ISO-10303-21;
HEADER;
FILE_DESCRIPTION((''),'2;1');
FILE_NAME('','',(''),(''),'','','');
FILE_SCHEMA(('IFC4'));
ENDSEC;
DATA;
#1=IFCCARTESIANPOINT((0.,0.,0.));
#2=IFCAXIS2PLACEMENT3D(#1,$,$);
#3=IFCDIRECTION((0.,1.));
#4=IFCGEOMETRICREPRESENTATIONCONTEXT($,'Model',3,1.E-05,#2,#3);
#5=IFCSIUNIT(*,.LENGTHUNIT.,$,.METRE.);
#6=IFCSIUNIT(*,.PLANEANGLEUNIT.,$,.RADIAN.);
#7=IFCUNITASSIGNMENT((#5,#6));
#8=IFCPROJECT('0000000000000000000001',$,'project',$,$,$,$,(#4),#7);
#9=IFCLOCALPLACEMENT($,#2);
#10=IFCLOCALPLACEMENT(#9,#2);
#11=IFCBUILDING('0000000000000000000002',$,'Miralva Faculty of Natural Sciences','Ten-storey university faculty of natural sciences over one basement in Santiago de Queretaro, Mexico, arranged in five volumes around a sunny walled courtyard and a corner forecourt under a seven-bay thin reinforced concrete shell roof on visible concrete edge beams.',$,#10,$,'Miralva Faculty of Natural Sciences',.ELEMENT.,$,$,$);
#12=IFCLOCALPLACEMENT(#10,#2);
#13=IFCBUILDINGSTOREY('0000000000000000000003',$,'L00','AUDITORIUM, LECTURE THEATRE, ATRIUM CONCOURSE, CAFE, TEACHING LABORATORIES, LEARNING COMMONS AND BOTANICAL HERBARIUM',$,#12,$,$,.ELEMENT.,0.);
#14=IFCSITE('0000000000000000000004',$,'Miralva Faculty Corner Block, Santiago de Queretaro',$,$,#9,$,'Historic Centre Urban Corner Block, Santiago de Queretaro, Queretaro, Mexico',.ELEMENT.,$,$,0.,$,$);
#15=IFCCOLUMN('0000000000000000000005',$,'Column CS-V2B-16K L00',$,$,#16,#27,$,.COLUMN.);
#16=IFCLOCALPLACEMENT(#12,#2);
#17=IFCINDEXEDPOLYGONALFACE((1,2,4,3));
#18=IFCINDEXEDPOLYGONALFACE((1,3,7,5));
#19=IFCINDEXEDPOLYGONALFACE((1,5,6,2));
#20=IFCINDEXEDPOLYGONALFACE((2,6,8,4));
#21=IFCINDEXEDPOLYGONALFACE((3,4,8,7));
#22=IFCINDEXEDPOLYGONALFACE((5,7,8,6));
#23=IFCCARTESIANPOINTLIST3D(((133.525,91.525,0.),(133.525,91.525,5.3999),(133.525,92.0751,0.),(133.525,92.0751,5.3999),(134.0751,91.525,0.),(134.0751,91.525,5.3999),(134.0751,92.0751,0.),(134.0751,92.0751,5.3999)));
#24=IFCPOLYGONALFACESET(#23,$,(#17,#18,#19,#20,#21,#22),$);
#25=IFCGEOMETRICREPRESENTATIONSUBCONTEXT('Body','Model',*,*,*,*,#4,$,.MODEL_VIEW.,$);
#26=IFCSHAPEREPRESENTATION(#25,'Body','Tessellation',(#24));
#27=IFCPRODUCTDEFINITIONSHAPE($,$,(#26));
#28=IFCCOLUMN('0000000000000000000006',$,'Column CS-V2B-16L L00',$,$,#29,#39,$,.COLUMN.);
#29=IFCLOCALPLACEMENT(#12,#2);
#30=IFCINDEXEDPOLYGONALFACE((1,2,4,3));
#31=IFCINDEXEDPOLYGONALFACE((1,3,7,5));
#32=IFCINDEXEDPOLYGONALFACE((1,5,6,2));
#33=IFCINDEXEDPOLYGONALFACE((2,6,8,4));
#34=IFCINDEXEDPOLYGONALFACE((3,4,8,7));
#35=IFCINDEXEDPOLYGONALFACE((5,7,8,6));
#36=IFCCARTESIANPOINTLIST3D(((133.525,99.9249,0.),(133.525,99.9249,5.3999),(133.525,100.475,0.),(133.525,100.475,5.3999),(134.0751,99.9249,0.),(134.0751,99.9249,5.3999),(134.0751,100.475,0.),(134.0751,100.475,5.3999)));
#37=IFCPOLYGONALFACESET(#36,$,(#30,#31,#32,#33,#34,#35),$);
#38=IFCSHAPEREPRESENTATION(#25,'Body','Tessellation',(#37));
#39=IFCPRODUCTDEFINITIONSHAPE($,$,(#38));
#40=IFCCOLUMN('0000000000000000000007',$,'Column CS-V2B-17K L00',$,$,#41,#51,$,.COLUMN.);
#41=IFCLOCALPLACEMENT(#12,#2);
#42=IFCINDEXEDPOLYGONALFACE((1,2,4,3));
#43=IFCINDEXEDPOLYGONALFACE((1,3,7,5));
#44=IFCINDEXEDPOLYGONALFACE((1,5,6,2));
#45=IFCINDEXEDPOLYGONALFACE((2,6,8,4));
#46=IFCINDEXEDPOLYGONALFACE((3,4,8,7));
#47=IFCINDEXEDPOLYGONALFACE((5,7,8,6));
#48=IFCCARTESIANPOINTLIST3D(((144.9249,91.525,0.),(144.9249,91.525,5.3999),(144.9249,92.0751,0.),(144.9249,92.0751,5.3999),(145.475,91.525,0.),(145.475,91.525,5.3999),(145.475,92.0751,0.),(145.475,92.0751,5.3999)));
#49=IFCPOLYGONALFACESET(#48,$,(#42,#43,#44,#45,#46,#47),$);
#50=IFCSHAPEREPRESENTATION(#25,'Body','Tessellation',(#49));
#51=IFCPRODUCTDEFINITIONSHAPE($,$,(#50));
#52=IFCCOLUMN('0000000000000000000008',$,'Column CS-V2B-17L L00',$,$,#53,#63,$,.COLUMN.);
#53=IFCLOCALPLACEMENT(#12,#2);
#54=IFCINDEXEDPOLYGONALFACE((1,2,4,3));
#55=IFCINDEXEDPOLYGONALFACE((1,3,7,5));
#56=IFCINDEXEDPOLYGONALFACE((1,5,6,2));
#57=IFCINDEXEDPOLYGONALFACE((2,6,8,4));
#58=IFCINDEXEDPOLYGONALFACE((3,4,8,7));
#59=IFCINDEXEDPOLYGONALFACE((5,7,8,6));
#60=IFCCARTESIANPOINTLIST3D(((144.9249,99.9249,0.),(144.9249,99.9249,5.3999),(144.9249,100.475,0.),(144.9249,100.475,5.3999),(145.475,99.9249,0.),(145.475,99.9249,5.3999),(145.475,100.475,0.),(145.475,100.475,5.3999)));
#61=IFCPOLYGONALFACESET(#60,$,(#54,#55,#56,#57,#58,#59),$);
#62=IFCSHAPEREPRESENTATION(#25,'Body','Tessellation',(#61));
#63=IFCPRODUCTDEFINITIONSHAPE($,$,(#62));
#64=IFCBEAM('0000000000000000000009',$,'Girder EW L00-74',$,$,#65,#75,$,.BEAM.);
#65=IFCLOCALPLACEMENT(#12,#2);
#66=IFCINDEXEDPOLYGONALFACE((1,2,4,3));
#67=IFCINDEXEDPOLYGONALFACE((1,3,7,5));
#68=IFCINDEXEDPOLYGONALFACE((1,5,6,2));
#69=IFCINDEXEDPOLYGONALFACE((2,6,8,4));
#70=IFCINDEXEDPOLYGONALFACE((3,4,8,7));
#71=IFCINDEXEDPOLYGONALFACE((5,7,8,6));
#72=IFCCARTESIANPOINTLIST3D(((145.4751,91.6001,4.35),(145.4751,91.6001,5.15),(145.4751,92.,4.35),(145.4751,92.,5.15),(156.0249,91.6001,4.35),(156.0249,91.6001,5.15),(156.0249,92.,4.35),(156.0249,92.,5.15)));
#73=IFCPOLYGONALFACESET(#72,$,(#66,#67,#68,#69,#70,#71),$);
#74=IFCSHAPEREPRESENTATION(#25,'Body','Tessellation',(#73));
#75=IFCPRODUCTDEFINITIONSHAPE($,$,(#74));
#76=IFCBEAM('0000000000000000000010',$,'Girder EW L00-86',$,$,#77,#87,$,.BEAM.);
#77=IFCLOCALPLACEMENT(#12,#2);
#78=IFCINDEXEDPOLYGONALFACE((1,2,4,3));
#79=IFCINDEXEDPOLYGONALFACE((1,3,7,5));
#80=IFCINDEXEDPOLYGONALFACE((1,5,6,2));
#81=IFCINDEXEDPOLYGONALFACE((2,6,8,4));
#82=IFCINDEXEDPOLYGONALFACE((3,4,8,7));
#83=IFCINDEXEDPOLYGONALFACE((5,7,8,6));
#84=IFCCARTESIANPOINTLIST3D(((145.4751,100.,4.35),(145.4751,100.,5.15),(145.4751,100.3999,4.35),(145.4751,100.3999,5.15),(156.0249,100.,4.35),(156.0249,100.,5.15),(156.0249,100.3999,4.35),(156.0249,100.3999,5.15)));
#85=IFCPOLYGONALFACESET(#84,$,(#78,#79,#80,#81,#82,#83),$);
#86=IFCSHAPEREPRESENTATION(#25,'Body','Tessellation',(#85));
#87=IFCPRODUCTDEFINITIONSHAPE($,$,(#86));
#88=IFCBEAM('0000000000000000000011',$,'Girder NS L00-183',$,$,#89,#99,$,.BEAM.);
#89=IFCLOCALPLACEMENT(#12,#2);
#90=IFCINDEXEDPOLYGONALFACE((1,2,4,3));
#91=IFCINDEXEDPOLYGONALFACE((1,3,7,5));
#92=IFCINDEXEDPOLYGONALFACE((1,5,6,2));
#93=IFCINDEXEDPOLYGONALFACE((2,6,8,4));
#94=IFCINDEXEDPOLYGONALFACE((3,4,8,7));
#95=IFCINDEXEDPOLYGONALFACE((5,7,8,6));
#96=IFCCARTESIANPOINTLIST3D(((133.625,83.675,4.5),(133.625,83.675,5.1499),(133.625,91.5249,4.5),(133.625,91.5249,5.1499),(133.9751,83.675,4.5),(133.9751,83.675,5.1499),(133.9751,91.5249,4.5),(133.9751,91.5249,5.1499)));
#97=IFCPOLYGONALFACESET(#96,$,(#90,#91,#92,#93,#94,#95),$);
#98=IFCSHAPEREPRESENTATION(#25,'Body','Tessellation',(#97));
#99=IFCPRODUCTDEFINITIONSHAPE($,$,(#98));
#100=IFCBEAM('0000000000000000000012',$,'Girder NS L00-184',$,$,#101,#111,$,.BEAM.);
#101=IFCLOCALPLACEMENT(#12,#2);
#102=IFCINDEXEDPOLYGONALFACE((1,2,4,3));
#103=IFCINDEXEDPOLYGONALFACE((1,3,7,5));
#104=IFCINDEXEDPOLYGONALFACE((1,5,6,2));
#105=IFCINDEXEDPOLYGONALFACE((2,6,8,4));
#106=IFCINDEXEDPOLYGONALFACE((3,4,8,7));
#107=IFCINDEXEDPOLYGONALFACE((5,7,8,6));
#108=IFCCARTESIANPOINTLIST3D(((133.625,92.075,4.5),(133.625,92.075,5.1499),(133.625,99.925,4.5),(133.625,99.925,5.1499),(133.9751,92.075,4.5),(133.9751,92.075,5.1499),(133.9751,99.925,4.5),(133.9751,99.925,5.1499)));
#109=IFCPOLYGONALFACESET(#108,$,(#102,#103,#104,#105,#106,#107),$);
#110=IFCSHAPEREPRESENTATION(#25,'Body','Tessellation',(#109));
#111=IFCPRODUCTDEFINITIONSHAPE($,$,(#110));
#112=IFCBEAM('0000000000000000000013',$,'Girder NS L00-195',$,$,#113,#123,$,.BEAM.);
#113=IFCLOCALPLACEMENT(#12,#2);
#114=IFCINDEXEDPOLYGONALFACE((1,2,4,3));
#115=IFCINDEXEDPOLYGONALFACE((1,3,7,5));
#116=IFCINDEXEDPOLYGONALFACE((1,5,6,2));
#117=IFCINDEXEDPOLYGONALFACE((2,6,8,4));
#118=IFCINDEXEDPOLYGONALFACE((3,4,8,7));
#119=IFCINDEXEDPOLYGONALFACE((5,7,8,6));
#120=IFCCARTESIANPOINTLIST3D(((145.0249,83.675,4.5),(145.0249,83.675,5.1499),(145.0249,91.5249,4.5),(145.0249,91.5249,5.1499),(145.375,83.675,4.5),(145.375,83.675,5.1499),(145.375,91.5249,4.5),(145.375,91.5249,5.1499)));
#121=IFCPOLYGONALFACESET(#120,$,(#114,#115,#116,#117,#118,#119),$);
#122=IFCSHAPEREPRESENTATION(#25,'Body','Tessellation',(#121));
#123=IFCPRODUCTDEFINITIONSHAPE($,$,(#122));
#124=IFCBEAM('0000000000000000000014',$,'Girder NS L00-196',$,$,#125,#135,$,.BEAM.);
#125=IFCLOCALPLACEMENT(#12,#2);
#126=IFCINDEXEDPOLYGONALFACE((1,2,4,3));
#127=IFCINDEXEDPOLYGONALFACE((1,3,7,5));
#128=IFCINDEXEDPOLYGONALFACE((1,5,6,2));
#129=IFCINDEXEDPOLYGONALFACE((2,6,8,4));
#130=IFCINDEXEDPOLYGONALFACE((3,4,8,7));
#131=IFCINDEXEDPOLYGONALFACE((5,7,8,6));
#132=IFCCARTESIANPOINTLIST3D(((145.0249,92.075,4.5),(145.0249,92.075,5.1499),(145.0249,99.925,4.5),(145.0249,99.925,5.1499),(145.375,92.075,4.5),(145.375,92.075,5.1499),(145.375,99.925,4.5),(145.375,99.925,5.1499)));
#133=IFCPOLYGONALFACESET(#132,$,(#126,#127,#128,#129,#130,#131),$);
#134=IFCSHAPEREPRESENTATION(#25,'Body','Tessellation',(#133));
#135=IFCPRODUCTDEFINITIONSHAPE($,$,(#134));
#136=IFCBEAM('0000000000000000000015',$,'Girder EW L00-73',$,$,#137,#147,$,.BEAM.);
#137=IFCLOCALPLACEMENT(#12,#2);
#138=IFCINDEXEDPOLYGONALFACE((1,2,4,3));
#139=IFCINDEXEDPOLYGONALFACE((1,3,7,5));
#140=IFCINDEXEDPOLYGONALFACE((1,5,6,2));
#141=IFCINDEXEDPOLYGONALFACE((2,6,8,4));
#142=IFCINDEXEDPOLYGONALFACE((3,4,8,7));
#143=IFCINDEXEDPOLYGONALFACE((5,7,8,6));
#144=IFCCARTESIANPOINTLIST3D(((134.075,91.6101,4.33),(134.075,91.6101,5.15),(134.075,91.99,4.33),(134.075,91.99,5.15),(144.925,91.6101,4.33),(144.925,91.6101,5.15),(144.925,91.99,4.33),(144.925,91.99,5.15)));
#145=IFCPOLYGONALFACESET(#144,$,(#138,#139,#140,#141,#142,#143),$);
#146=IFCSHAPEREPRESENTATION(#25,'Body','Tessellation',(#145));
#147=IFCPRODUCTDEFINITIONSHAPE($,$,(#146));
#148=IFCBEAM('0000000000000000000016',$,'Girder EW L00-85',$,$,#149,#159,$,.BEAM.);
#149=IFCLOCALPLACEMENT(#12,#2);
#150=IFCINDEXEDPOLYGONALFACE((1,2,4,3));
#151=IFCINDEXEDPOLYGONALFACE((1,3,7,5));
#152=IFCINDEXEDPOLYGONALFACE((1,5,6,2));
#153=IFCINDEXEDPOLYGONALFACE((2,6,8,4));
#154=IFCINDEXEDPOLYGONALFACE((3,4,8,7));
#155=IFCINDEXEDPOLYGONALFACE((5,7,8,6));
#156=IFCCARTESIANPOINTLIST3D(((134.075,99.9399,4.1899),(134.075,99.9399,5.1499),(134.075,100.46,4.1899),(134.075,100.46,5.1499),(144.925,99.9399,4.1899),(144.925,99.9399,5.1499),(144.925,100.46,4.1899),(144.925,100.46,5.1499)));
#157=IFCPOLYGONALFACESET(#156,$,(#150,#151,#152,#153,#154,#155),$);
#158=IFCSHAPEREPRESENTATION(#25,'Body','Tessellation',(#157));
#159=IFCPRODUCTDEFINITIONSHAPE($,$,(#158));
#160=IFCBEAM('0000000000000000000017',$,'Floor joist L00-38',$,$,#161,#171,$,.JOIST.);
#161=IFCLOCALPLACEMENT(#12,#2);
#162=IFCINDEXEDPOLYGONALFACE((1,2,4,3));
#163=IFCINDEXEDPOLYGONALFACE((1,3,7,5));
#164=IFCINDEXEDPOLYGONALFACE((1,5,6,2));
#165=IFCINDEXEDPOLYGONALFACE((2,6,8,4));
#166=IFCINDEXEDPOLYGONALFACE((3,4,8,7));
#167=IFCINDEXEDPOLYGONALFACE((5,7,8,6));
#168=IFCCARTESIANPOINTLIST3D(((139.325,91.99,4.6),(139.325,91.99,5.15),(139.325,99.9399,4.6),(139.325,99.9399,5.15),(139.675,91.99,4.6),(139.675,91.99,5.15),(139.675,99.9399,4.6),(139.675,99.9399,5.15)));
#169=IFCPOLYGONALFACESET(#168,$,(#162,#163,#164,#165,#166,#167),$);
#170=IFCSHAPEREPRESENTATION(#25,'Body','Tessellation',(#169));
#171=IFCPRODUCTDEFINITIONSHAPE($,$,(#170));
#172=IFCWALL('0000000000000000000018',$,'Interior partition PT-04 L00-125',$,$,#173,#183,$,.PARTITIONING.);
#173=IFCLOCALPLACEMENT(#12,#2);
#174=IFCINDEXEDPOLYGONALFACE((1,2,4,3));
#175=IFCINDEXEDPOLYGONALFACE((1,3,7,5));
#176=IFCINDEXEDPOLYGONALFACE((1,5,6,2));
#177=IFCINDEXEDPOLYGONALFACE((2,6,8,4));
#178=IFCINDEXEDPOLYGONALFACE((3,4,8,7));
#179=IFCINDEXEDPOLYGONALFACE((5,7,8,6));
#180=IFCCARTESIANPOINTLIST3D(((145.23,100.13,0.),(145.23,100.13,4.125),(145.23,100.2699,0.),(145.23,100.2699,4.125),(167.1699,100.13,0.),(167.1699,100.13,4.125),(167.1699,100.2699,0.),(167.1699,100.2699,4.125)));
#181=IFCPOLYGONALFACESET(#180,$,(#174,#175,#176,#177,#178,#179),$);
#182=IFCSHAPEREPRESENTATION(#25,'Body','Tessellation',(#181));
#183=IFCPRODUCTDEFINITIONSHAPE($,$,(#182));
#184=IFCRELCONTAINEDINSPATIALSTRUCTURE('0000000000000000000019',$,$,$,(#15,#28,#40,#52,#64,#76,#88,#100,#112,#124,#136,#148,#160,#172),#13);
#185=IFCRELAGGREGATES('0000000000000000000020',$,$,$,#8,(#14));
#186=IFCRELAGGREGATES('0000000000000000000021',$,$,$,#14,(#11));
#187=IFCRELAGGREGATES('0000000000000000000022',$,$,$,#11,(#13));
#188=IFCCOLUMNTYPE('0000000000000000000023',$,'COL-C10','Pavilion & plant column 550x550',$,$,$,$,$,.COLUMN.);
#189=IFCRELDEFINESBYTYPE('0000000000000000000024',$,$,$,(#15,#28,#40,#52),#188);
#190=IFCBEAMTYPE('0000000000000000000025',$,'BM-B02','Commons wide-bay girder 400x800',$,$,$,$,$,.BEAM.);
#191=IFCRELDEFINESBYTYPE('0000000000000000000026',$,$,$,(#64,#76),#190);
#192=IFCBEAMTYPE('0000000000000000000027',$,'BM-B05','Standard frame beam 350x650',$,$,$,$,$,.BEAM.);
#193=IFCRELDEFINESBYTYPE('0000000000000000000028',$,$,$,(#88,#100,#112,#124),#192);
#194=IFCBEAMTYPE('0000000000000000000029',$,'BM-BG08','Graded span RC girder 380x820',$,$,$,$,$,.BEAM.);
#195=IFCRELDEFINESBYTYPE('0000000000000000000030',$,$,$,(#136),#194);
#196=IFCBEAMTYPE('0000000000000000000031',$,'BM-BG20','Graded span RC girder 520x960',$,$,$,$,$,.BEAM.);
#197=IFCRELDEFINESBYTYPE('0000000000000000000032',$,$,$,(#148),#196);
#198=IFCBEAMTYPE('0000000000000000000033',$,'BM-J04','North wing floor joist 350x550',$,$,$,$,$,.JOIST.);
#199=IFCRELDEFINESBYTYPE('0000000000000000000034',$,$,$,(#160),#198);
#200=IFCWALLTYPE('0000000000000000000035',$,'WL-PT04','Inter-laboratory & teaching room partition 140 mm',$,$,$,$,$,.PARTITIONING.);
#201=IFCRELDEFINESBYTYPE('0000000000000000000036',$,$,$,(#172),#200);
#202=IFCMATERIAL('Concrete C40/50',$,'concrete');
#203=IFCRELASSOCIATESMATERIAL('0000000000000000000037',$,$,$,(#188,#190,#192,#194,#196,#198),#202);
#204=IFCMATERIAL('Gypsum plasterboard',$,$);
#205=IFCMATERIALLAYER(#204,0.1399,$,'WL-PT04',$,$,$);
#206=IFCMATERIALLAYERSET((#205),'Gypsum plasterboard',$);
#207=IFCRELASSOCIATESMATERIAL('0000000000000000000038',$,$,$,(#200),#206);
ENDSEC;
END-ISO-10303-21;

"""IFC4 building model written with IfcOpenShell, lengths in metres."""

from ifc_helpers import new_model, si_unit, direction, frame, frame_2d, origin, origin_2d, place, context, subcontext, project, spatial, rectangle, extrude, material, layer, layer_set, material_profile, profile_set, type_object, element, save


model = new_model("IFC4")

# Units and contexts
model_context = context("Model", 3, precision=1e-05, world=origin(), true_north=direction((0.0, 1.0)))
body_context = subcontext(model_context, "Body", "Model", "MODEL_VIEW")
ifc_project = project(units=[si_unit("LENGTHUNIT", "METRE"), si_unit("PLANEANGLEUNIT", "RADIAN")], contexts=[model_context])

# Site, building, storey
site_placement = place(None, origin())
site = spatial("IfcSite", under=ifc_project, at=site_placement, Name="Miralva Faculty Corner Block, Santiago de Queretaro", LongName="Historic Centre Urban Corner Block, Santiago de Queretaro, Queretaro, Mexico", CompositionType="ELEMENT", RefElevation=0.0)
building_placement = place(site_placement, origin())
building = spatial("IfcBuilding", under=site, at=building_placement, Name="Miralva Faculty of Natural Sciences", Description="Ten-storey university faculty of natural sciences over one basement in Santiago de Queretaro, Mexico, arranged in five volumes around a sunny walled courtyard and a corner forecourt under a seven-bay thin reinforced concrete shell roof on visible concrete edge beams.", LongName="Miralva Faculty of Natural Sciences", CompositionType="ELEMENT")
storey_placement = place(building_placement, origin())
storey = spatial("IfcBuildingStorey", under=building, at=storey_placement, Name="L00", Description="AUDITORIUM, LECTURE THEATRE, ATRIUM CONCOURSE, CAFE, TEACHING LABORATORIES, LEARNING COMMONS AND BOTANICAL HERBARIUM", CompositionType="ELEMENT", Elevation=0.0)

# Columns
ifc_material_1 = material(Name="Concrete C40/50", Category="concrete")
ifc_material_profile_1 = material_profile(ifc_material_1, rectangle(XDim=0.55, YDim=0.55, at=origin_2d()), Name="RC 550x550")
ifc_profile_set_1 = profile_set([ifc_material_profile_1], Name="Concrete C40/50")
column_type = type_object("IfcColumnType", Name="COL-C10", Description="Pavilion & plant column 550x550", PredefinedType="COLUMN", material=ifc_profile_set_1)
for number, where, z_axis, x_axis, name in (
    (1, (133.8, 91.8, 0.0), (0.0, 0.0, 1.0), (1.0, 0.0, 0.0), "Column CS-V2B-16K L00"),
    (2, (133.8, 100.2, 0.0), (0.0, 0.0, 1.0), (1.0, 0.0, 0.0), "Column CS-V2B-16L L00"),
    (3, (145.2, 91.8, 0.0), (0.0, 0.0, 1.0), (1.0, 0.0, 0.0), "Column CS-V2B-17K L00"),
    (4, (145.2, 100.2, 0.0), (0.0, 0.0, 1.0), (1.0, 0.0, 0.0), "Column CS-V2B-17L L00"),
):
    element("IfcColumn", number, at=place(storey_placement, frame(where, z_axis=z_axis, x_axis=x_axis)), inside=storey, type_object=column_type, Name=name, PredefinedType="COLUMN", context=body_context, shape_type="SweptSolid", body=[
        extrude(rectangle(XDim=0.55, YDim=0.55, at=origin_2d()), origin(), (0.0, 0.0, 1.0), 5.3999),
    ])

# Beams
ifc_material_profile_2 = material_profile(ifc_material_1, rectangle(XDim=0.3999, YDim=0.8, at=origin_2d()), Name="RC 400x800")
ifc_profile_set_2 = profile_set([ifc_material_profile_2], Name="Concrete C40/50")
beam_type_1 = type_object("IfcBeamType", Name="BM-B02", Description="Commons wide-bay girder 400x800", PredefinedType="BEAM", material=ifc_profile_set_2)
for number, where, z_axis, x_axis, name in (
    (5, (145.4751, 91.8, 4.75), (1.0, 0.0, 0.0), (0.0, 1.0, 0.0), "Girder EW L00-74"),
    (6, (145.4751, 100.2, 4.75), (1.0, 0.0, 0.0), (0.0, 1.0, 0.0), "Girder EW L00-86"),
):
    element("IfcBeam", number, at=place(storey_placement, frame(where, z_axis=z_axis, x_axis=x_axis)), inside=storey, type_object=beam_type_1, Name=name, PredefinedType="BEAM", context=body_context, shape_type="SweptSolid", body=[
        extrude(rectangle(XDim=0.3999, YDim=0.8, at=origin_2d()), origin(), (0.0, 0.0, 1.0), 10.5498),
    ])
ifc_material_profile_3 = material_profile(ifc_material_1, rectangle(XDim=0.3501, YDim=0.6499, at=origin_2d()), Name="RC 350x650")
ifc_profile_set_3 = profile_set([ifc_material_profile_3], Name="Concrete C40/50")
beam_type_2 = type_object("IfcBeamType", Name="BM-B05", Description="Standard frame beam 350x650", PredefinedType="BEAM", material=ifc_profile_set_3)
beam_1_placement = place(storey_placement, frame((133.8, 83.675, 4.825), z_axis=(0.0, 1.0, 0.0), x_axis=(-1.0, 0.0, 0.0)))
element("IfcBeam", 7, at=beam_1_placement, inside=storey, type_object=beam_type_2, Name="Girder NS L00-183", PredefinedType="BEAM", context=body_context, shape_type="SweptSolid", body=[
    extrude(rectangle(XDim=0.3501, YDim=0.6499, at=origin_2d()), origin(), (0.0, 0.0, 1.0), 7.8499),
])
beam_2_placement = place(storey_placement, frame((133.8, 92.075, 4.825), z_axis=(0.0, 1.0, 0.0), x_axis=(-1.0, 0.0, 0.0)))
element("IfcBeam", 8, at=beam_2_placement, inside=storey, type_object=beam_type_2, Name="Girder NS L00-184", PredefinedType="BEAM", context=body_context, shape_type="SweptSolid", body=[
    extrude(rectangle(XDim=0.3501, YDim=0.6499, at=origin_2d()), origin(), (0.0, 0.0, 1.0), 7.8501),
])
beam_3_placement = place(storey_placement, frame((145.2, 83.675, 4.825), z_axis=(0.0, 1.0, 0.0), x_axis=(-1.0, 0.0, 0.0)))
element("IfcBeam", 9, at=beam_3_placement, inside=storey, type_object=beam_type_2, Name="Girder NS L00-195", PredefinedType="BEAM", context=body_context, shape_type="SweptSolid", body=[
    extrude(rectangle(XDim=0.3501, YDim=0.6499, at=origin_2d()), origin(), (0.0, 0.0, 1.0), 7.8499),
])
beam_4_placement = place(storey_placement, frame((145.2, 92.075, 4.825), z_axis=(0.0, 1.0, 0.0), x_axis=(-1.0, 0.0, 0.0)))
element("IfcBeam", 10, at=beam_4_placement, inside=storey, type_object=beam_type_2, Name="Girder NS L00-196", PredefinedType="BEAM", context=body_context, shape_type="SweptSolid", body=[
    extrude(rectangle(XDim=0.3501, YDim=0.6499, at=origin_2d()), origin(), (0.0, 0.0, 1.0), 7.8501),
])
ifc_material_profile_4 = material_profile(ifc_material_1, rectangle(XDim=0.3799, YDim=0.8201, at=origin_2d()), Name="RC 380x820")
ifc_profile_set_4 = profile_set([ifc_material_profile_4], Name="Concrete C40/50")
beam_type_3 = type_object("IfcBeamType", Name="BM-BG08", Description="Graded span RC girder 380x820", PredefinedType="BEAM", material=ifc_profile_set_4)
beam_5_placement = place(storey_placement, frame((134.075, 91.8, 4.74), z_axis=(1.0, 0.0, 0.0), x_axis=(0.0, 1.0, 0.0)))
element("IfcBeam", 11, at=beam_5_placement, inside=storey, type_object=beam_type_3, Name="Girder EW L00-73", PredefinedType="BEAM", context=body_context, shape_type="SweptSolid", body=[
    extrude(rectangle(XDim=0.3799, YDim=0.8201, at=origin_2d()), origin(), (0.0, 0.0, 1.0), 10.8501),
])
ifc_material_profile_5 = material_profile(ifc_material_1, rectangle(XDim=0.52, YDim=0.96, at=origin_2d()), Name="RC 520x960")
ifc_profile_set_5 = profile_set([ifc_material_profile_5], Name="Concrete C40/50")
beam_type_4 = type_object("IfcBeamType", Name="BM-BG20", Description="Graded span RC girder 520x960", PredefinedType="BEAM", material=ifc_profile_set_5)
beam_6_placement = place(storey_placement, frame((134.075, 100.2, 4.6699), z_axis=(1.0, 0.0, 0.0), x_axis=(0.0, 1.0, 0.0)))
element("IfcBeam", 12, at=beam_6_placement, inside=storey, type_object=beam_type_4, Name="Girder EW L00-85", PredefinedType="BEAM", context=body_context, shape_type="SweptSolid", body=[
    extrude(rectangle(XDim=0.52, YDim=0.96, at=origin_2d()), origin(), (0.0, 0.0, 1.0), 10.8501),
])
ifc_material_profile_6 = material_profile(ifc_material_1, rectangle(XDim=0.3501, YDim=0.55, at=origin_2d()), Name="RC 350x550")
ifc_profile_set_6 = profile_set([ifc_material_profile_6], Name="Concrete C40/50")
beam_type_5 = type_object("IfcBeamType", Name="BM-J04", Description="North wing floor joist 350x550", PredefinedType="JOIST", material=ifc_profile_set_6)
beam_7_placement = place(storey_placement, frame((139.5, 91.99, 4.875), z_axis=(0.0, 1.0, 0.0), x_axis=(-1.0, 0.0, 0.0)))
element("IfcBeam", 13, at=beam_7_placement, inside=storey, type_object=beam_type_5, Name="Floor joist L00-38", PredefinedType="JOIST", context=body_context, shape_type="SweptSolid", body=[
    extrude(rectangle(XDim=0.3501, YDim=0.55, at=origin_2d()), origin(), (0.0, 0.0, 1.0), 7.95),
])

# Wall
ifc_material_2 = material(Name="Gypsum plasterboard")
ifc_layer_1 = layer(ifc_material_2, 0.1399, Name="WL-PT04")
ifc_layer_set_1 = layer_set([ifc_layer_1], Name="Gypsum plasterboard")
wall_type_1 = type_object("IfcWallType", Name="WL-PT04", Description="Inter-laboratory & teaching room partition 140 mm", PredefinedType="PARTITIONING", material=ifc_layer_set_1)
wall_1_placement = place(storey_placement, frame((145.23, 100.2, 0.0), z_axis=(0.0, 0.0, 1.0), x_axis=(1.0, 0.0, 0.0)))
element("IfcWall", 14, at=wall_1_placement, inside=storey, type_object=wall_type_1, Name="Interior partition PT-04 L00-125", PredefinedType="PARTITIONING", context=body_context, shape_type="SweptSolid", body=[
    extrude(rectangle(XDim=21.9399, YDim=0.1399, at=frame_2d((10.97, 0.0))), origin(), (0.0, 0.0, 1.0), 4.125),
])

save(model, "model.ifc")
